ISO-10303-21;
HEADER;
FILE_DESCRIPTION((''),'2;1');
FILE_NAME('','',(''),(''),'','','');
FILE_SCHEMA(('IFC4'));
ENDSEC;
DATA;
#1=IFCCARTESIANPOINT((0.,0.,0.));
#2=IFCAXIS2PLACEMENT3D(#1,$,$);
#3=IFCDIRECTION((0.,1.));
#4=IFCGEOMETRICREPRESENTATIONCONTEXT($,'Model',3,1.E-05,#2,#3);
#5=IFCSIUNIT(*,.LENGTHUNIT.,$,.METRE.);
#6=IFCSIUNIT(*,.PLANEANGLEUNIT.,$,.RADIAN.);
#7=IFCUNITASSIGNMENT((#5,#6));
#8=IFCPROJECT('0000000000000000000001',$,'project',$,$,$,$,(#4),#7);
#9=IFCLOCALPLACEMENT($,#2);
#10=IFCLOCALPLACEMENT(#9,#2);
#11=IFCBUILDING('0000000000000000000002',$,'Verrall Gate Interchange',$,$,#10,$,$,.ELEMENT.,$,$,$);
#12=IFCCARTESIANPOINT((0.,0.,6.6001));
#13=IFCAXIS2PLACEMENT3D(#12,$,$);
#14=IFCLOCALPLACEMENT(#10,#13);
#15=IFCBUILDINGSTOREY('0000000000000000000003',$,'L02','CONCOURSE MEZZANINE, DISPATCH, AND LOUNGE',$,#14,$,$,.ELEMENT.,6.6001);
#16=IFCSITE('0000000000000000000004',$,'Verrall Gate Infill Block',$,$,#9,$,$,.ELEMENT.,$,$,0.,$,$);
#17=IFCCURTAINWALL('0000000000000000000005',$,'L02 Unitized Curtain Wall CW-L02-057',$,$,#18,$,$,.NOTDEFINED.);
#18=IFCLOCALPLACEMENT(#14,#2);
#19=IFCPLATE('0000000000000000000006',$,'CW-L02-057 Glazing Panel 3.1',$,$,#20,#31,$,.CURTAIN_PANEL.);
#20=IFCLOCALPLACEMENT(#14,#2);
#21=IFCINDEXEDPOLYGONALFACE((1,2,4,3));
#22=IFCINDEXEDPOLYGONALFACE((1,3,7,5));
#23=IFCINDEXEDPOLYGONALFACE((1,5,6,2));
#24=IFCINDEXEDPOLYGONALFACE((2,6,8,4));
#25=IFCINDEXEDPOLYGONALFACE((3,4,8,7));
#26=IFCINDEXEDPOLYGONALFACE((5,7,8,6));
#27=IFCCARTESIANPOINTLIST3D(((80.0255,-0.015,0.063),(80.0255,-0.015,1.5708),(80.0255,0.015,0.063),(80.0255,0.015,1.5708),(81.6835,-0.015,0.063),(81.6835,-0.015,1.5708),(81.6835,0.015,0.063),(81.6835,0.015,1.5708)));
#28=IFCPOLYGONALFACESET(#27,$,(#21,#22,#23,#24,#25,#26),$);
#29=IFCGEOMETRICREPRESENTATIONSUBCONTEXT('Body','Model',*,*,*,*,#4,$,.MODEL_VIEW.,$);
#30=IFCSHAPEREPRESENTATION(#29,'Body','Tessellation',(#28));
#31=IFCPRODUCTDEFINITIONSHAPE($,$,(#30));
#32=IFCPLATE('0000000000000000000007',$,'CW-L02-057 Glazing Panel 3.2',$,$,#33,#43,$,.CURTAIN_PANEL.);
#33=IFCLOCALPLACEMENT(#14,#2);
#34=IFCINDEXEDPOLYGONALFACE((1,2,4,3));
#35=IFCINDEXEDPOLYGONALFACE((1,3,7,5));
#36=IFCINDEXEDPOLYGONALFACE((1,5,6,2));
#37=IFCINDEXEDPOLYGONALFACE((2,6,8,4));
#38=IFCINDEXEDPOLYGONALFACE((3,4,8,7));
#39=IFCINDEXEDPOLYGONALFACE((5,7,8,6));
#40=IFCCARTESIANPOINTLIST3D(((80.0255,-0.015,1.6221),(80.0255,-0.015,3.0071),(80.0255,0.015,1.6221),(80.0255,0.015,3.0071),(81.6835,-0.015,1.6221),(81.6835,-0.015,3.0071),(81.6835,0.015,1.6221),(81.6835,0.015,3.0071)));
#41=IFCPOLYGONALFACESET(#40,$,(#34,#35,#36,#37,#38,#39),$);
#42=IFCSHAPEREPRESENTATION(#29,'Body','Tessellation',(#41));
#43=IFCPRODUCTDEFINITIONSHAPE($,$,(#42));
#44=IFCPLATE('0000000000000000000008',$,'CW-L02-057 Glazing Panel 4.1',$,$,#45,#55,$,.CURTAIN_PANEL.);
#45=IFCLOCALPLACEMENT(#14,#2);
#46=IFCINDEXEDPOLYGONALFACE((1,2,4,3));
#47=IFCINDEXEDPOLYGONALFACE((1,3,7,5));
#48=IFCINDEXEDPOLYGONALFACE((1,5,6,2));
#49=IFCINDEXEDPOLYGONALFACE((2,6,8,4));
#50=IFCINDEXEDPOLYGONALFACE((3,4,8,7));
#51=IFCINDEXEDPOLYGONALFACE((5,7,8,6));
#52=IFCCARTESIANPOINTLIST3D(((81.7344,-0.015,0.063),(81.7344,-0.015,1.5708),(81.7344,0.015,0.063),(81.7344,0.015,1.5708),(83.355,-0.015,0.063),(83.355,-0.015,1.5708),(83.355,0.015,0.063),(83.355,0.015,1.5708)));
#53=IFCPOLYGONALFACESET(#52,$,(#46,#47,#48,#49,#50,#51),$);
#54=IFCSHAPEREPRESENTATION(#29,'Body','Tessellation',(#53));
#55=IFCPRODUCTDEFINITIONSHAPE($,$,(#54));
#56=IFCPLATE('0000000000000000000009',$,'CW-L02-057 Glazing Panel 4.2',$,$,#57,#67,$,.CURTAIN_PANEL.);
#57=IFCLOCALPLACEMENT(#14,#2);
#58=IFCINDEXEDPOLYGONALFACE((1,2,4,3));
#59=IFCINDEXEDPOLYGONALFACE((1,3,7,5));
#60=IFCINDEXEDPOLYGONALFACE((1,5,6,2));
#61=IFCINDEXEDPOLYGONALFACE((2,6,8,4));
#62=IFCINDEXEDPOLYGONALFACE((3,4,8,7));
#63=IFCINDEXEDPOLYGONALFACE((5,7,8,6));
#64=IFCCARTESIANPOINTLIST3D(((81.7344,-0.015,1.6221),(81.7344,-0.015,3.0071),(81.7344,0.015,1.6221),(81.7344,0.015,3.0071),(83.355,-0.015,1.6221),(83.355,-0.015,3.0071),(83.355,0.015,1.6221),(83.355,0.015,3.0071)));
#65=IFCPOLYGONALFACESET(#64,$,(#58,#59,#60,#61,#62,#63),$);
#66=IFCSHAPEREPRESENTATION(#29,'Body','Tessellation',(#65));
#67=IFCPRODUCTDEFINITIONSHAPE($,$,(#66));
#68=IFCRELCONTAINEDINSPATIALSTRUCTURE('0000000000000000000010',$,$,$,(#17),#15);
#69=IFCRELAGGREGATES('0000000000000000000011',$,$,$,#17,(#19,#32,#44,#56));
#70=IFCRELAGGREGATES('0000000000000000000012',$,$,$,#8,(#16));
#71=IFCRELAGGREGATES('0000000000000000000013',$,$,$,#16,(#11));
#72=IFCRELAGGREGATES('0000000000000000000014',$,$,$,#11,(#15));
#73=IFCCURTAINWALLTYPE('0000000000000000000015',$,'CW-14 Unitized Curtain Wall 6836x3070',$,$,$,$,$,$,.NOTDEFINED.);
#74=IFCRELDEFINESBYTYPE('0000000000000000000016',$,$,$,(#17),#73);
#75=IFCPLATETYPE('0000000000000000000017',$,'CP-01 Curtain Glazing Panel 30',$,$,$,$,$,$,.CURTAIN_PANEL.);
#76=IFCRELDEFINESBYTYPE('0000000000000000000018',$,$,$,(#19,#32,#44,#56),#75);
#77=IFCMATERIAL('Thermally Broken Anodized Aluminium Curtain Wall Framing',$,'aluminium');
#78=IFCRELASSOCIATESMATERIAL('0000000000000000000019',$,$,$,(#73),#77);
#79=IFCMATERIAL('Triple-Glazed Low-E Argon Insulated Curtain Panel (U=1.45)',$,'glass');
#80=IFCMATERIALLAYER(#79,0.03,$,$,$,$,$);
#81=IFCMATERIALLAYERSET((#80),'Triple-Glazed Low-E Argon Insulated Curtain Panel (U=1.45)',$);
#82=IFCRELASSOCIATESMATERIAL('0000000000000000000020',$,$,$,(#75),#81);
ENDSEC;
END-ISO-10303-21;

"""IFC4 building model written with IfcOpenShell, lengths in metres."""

from ifc_helpers import new_model, si_unit, direction, frame, origin, origin_2d, place, context, subcontext, project, spatial, rectangle, extrude, material, layer, layer_set, type_object, element, aggregate, save


model = new_model("IFC4")

# Units and contexts
model_context = context("Model", 3, precision=1e-05, world=origin(), true_north=direction((0.0, 1.0)))
body_context = subcontext(model_context, "Body", "Model", "MODEL_VIEW")
ifc_project = project(units=[si_unit("LENGTHUNIT", "METRE"), si_unit("PLANEANGLEUNIT", "RADIAN")], contexts=[model_context])

# Site, building, storey
site_placement = place(None, origin())
site = spatial("IfcSite", under=ifc_project, at=site_placement, Name="Verrall Gate Infill Block", CompositionType="ELEMENT", RefElevation=0.0)
building_placement = place(site_placement, origin())
building = spatial("IfcBuilding", under=site, at=building_placement, Name="Verrall Gate Interchange", CompositionType="ELEMENT")
storey_placement = place(building_placement, frame((0.0, 0.0, 6.6001)))
storey = spatial("IfcBuildingStorey", under=building, at=storey_placement, Name="L02", Description="CONCOURSE MEZZANINE, DISPATCH, AND LOUNGE", CompositionType="ELEMENT", Elevation=6.6001)

# Curtain wall
ifc_material_1 = material(Name="Thermally Broken Anodized Aluminium Curtain Wall Framing", Category="aluminium")
curtain_wall_type = type_object("IfcCurtainWallType", Name="CW-14 Unitized Curtain Wall 6836x3070", PredefinedType="NOTDEFINED", material=ifc_material_1)
curtain_wall_1_placement = place(storey_placement, origin())
curtain_wall_1 = element("IfcCurtainWall", 1, at=curtain_wall_1_placement, inside=storey, type_object=curtain_wall_type, Name="L02 Unitized Curtain Wall CW-L02-057", PredefinedType="NOTDEFINED")

# Plates
ifc_material_2 = material(Name="Triple-Glazed Low-E Argon Insulated Curtain Panel (U=1.45)", Category="glass")
ifc_layer = layer(ifc_material_2, 0.03)
ifc_layer_set = layer_set([ifc_layer], Name="Triple-Glazed Low-E Argon Insulated Curtain Panel (U=1.45)")
plate_type = type_object("IfcPlateType", Name="CP-01 Curtain Glazing Panel 30", PredefinedType="CURTAIN_PANEL", material=ifc_layer_set)
plate_1_placement = place(storey_placement, frame((80.8545, 0.0, 0.063), z_axis=(0.0, 0.0, 1.0), x_axis=(1.0, 0.0, 0.0)))
plate_1 = element("IfcPlate", 2, at=plate_1_placement, type_object=plate_type, Name="CW-L02-057 Glazing Panel 3.1", PredefinedType="CURTAIN_PANEL", context=body_context, shape_type="SweptSolid", body=[
    extrude(rectangle(XDim=1.658, YDim=0.03, at=origin_2d()), origin(), (0.0, 0.0, 1.0), 1.5078),
])
plate_2_placement = place(storey_placement, frame((80.8545, 0.0, 1.6221), z_axis=(0.0, 0.0, 1.0), x_axis=(1.0, 0.0, 0.0)))
plate_2 = element("IfcPlate", 3, at=plate_2_placement, type_object=plate_type, Name="CW-L02-057 Glazing Panel 3.2", PredefinedType="CURTAIN_PANEL", context=body_context, shape_type="SweptSolid", body=[
    extrude(rectangle(XDim=1.658, YDim=0.03, at=origin_2d()), origin(), (0.0, 0.0, 1.0), 1.385),
])
plate_3_placement = place(storey_placement, frame((82.5447, 0.0, 0.063), z_axis=(0.0, 0.0, 1.0), x_axis=(1.0, 0.0, 0.0)))
plate_3 = element("IfcPlate", 4, at=plate_3_placement, type_object=plate_type, Name="CW-L02-057 Glazing Panel 4.1", PredefinedType="CURTAIN_PANEL", context=body_context, shape_type="SweptSolid", body=[
    extrude(rectangle(XDim=1.6206, YDim=0.03, at=origin_2d()), origin(), (0.0, 0.0, 1.0), 1.5078),
])
plate_4_placement = place(storey_placement, frame((82.5447, 0.0, 1.6221), z_axis=(0.0, 0.0, 1.0), x_axis=(1.0, 0.0, 0.0)))
plate_4 = element("IfcPlate", 5, at=plate_4_placement, type_object=plate_type, Name="CW-L02-057 Glazing Panel 4.2", PredefinedType="CURTAIN_PANEL", context=body_context, shape_type="SweptSolid", body=[
    extrude(rectangle(XDim=1.6206, YDim=0.03, at=origin_2d()), origin(), (0.0, 0.0, 1.0), 1.385),
])
aggregate(curtain_wall_1, [plate_1, plate_2, plate_3, plate_4])

save(model, "model.ifc")
